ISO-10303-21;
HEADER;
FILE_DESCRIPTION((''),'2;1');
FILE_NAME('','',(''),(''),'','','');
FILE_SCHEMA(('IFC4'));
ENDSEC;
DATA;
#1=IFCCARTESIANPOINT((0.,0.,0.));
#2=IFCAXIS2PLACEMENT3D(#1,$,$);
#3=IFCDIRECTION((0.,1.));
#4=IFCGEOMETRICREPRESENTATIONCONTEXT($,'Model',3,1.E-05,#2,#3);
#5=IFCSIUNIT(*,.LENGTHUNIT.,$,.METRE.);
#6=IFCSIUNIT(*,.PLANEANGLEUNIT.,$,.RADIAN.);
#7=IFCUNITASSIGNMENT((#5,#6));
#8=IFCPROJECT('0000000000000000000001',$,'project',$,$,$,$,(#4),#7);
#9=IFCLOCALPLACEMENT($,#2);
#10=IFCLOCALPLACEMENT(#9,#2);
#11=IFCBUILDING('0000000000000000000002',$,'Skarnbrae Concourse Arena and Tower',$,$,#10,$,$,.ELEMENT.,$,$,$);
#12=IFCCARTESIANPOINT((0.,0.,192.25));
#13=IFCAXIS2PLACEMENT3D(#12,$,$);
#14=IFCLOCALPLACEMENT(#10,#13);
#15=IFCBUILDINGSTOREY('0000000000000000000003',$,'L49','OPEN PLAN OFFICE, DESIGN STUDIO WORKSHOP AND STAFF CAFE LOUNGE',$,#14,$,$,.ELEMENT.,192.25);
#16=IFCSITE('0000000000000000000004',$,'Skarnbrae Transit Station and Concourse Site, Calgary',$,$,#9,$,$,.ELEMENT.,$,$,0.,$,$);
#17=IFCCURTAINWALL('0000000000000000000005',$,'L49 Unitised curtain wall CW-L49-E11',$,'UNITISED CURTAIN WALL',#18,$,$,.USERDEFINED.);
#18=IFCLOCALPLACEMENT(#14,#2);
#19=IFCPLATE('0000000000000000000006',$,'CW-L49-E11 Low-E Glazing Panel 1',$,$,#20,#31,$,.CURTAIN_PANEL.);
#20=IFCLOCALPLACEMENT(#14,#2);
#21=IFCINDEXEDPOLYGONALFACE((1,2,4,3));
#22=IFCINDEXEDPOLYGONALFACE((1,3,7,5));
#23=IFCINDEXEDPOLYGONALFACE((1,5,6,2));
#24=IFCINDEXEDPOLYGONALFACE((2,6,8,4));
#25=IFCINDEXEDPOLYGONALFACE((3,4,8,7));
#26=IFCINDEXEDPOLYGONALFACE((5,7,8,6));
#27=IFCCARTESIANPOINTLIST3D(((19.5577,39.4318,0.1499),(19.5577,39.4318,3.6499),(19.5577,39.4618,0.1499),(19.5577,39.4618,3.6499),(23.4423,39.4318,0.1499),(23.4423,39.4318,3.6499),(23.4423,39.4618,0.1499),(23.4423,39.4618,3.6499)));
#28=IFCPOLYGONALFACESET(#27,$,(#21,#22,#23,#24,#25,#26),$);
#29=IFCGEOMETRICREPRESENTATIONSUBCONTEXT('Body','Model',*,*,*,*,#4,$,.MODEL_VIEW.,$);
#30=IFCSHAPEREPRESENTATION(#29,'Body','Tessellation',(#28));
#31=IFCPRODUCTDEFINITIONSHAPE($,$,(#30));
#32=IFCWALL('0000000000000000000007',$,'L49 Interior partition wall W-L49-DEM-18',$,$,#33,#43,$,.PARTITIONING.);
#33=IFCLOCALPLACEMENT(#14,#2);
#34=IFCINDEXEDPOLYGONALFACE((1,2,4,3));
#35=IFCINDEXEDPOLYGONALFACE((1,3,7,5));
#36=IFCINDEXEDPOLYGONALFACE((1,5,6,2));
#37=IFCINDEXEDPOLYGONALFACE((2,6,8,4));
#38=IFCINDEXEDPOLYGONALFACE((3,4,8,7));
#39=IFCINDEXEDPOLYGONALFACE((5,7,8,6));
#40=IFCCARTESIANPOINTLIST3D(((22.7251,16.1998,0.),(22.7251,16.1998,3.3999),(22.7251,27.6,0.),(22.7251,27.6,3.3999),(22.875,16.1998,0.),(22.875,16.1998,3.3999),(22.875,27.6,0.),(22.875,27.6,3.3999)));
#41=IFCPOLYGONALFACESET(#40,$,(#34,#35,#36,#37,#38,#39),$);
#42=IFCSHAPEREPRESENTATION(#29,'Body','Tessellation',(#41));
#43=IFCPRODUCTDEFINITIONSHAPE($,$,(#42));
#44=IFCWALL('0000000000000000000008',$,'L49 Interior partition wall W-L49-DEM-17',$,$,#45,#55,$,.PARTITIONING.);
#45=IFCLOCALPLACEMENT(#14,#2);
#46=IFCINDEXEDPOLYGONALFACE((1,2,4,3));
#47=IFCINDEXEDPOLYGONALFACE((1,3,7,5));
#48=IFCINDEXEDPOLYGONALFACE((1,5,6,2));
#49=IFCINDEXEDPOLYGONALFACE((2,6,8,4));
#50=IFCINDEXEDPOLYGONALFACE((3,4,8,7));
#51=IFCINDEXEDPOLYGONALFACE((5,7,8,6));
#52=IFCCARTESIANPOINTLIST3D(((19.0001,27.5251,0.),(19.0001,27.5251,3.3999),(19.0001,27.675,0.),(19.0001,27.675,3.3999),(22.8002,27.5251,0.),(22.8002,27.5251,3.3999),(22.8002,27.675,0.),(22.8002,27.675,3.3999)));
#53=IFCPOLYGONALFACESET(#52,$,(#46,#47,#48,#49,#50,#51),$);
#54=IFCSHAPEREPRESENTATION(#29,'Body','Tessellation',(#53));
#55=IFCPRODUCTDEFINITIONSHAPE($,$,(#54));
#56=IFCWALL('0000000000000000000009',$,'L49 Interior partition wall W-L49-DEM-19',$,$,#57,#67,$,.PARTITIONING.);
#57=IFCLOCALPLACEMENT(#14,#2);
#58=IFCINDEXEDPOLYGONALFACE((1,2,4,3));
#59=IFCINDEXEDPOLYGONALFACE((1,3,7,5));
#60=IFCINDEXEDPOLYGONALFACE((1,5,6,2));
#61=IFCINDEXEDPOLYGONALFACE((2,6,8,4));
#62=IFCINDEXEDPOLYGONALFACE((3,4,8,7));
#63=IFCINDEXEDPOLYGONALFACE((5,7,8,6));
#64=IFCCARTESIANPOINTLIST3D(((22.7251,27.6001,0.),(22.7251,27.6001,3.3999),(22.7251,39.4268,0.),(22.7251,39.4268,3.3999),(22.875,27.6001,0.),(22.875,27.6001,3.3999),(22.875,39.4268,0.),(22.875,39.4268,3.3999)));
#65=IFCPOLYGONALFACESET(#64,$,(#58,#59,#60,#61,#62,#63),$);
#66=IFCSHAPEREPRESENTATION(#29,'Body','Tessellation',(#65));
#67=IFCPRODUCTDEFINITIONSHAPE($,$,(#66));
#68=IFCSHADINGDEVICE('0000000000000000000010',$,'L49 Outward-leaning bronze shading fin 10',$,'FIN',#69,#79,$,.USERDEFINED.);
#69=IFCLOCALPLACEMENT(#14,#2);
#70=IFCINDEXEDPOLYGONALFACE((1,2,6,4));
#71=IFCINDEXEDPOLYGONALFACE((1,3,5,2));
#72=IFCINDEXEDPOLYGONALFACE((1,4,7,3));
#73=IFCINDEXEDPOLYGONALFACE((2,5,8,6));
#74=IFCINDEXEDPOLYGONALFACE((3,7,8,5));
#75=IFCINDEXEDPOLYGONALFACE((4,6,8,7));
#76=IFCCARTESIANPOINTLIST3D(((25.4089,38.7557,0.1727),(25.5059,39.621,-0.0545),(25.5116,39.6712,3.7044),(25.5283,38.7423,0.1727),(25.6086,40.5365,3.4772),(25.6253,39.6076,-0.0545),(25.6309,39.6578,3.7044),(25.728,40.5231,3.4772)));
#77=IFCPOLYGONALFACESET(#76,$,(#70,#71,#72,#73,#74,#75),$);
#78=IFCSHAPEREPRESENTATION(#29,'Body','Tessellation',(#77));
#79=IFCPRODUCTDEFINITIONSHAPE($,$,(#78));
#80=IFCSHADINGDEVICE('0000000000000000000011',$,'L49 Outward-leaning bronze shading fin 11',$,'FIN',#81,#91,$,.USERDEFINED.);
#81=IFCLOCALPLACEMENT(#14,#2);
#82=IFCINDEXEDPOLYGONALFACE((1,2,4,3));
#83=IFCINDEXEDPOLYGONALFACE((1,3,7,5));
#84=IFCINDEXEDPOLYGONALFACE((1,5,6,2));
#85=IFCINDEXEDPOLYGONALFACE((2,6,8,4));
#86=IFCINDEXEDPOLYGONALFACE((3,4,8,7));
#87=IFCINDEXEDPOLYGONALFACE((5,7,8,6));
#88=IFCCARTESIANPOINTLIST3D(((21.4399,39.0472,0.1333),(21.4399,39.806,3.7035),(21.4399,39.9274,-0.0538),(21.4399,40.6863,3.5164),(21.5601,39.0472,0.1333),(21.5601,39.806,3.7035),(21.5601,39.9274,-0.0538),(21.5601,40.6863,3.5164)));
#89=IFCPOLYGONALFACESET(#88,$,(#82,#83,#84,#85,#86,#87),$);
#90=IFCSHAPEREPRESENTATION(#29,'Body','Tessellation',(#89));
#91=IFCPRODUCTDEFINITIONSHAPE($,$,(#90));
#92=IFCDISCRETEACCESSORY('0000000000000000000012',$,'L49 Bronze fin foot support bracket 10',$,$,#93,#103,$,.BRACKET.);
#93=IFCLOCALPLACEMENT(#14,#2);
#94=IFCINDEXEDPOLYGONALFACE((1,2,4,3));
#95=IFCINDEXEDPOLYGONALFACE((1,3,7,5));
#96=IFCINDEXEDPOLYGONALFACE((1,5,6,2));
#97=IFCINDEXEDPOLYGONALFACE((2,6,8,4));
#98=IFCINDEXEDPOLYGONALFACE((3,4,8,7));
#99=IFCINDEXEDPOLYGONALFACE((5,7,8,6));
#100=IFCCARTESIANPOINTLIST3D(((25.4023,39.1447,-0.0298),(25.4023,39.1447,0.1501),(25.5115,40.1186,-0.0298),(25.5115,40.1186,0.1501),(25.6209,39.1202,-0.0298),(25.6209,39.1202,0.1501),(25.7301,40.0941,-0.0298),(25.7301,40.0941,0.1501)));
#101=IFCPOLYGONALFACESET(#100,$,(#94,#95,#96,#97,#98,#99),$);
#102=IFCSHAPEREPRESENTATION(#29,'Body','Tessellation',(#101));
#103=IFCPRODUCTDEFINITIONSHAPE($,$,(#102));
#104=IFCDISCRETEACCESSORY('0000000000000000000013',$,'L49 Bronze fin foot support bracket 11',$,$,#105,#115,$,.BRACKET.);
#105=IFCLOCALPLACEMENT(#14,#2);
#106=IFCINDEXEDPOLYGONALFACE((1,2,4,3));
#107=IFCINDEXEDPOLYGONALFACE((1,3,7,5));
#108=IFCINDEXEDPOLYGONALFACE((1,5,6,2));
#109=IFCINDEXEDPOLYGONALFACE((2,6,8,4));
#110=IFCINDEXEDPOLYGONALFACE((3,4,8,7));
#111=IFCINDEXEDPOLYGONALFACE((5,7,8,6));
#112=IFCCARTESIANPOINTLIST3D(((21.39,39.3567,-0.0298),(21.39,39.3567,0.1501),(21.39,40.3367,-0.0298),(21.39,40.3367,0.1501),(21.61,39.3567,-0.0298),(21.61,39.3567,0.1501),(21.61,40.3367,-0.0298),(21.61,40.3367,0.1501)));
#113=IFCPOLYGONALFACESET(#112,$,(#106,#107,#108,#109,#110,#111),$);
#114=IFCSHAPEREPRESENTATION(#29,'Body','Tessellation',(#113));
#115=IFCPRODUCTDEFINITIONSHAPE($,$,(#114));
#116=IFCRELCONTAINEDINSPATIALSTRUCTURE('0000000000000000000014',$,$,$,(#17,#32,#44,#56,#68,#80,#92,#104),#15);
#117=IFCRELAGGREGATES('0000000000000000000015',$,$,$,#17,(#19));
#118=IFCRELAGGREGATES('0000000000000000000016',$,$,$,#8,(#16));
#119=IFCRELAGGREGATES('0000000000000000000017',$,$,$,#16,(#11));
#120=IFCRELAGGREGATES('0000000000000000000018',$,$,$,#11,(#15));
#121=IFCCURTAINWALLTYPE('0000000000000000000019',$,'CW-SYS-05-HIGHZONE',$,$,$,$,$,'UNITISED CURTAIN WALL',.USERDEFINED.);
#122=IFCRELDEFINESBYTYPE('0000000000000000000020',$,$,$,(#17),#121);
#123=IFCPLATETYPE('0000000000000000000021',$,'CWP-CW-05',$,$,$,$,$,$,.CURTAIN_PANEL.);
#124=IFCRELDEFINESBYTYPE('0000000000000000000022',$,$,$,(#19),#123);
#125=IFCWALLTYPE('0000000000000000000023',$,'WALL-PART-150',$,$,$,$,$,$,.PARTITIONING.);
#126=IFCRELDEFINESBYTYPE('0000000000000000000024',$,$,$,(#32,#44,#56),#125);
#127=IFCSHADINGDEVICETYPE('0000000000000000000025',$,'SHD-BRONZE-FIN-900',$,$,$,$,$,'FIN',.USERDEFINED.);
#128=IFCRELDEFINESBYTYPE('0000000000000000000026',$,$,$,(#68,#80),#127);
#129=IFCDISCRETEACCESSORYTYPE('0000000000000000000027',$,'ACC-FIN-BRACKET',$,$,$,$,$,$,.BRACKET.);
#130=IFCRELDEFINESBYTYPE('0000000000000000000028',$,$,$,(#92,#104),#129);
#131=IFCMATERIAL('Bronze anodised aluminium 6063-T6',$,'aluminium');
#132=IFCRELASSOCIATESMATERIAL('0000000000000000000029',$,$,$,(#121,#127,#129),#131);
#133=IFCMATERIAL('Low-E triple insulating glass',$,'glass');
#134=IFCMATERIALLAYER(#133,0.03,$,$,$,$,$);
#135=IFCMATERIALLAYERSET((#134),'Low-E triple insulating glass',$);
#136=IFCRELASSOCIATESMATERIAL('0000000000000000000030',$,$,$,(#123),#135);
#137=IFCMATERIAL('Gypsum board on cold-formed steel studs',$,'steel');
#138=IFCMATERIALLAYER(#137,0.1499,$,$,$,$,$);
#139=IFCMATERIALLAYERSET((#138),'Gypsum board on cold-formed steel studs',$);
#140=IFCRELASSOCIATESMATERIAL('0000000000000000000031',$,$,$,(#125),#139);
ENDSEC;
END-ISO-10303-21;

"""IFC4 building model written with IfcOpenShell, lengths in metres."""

from ifc_helpers import new_model, si_unit, direction, frame, frame_2d, origin, origin_2d, place, context, subcontext, project, spatial, rectangle, extrude, source, transform, mapped, material, layer, layer_set, type_object, element, aggregate, save


model = new_model("IFC4")

# Units and contexts
model_context = context("Model", 3, precision=1e-05, world=origin(), true_north=direction((0.0, 1.0)))
body_context = subcontext(model_context, "Body", "Model", "MODEL_VIEW")
ifc_project = project(units=[si_unit("LENGTHUNIT", "METRE"), si_unit("PLANEANGLEUNIT", "RADIAN")], contexts=[model_context])

# Site, building, storey
site_placement = place(None, origin())
site = spatial("IfcSite", under=ifc_project, at=site_placement, Name="Skarnbrae Transit Station and Concourse Site, Calgary", CompositionType="ELEMENT", RefElevation=0.0)
building_placement = place(site_placement, origin())
building = spatial("IfcBuilding", under=site, at=building_placement, Name="Skarnbrae Concourse Arena and Tower", CompositionType="ELEMENT")
storey_placement = place(building_placement, frame((0.0, 0.0, 192.25)))
storey = spatial("IfcBuildingStorey", under=building, at=storey_placement, Name="L49", Description="OPEN PLAN OFFICE, DESIGN STUDIO WORKSHOP AND STAFF CAFE LOUNGE", CompositionType="ELEMENT", Elevation=192.25)

# Shared definitions
ifc_material_1 = material(Name="Bronze anodised aluminium 6063-T6", Category="aluminium")
curtain_wall_type = type_object("IfcCurtainWallType", Name="CW-SYS-05-HIGHZONE", ElementType="UNITISED CURTAIN WALL", PredefinedType="USERDEFINED", material=ifc_material_1)

# Curtain wall
curtain_wall_1_placement = place(storey_placement, origin())
curtain_wall_1 = element("IfcCurtainWall", 1, at=curtain_wall_1_placement, inside=storey, type_object=curtain_wall_type, Name="L49 Unitised curtain wall CW-L49-E11", ObjectType="UNITISED CURTAIN WALL", PredefinedType="USERDEFINED")

# Plate
ifc_material_2 = material(Name="Low-E triple insulating glass", Category="glass")
ifc_layer_1 = layer(ifc_material_2, 0.03)
ifc_layer_set_1 = layer_set([ifc_layer_1], Name="Low-E triple insulating glass")
plate_type = type_object("IfcPlateType", Name="CWP-CW-05", PredefinedType="CURTAIN_PANEL", material=ifc_layer_set_1)
shared_shape_1 = source(origin(), body_context, "Body", "SweptSolid", [
    extrude(rectangle(XDim=3.8845, YDim=0.03, at=origin_2d()), origin(), (0.0, 0.0, 1.0), 3.5),
])
plate_1_placement = place(storey_placement, frame((21.5, 39.4468, 0.1499), z_axis=(0.0, 0.0, 1.0), x_axis=(-1.0, 0.0, 0.0)))
plate_1 = element("IfcPlate", 2, at=plate_1_placement, type_object=plate_type, Name="CW-L49-E11 Low-E Glazing Panel 1", PredefinedType="CURTAIN_PANEL", context=body_context, shape_type="MappedRepresentation", body=[
    mapped(shared_shape_1, transform((0.0, 0.0, 0.0))),
])
aggregate(curtain_wall_1, [plate_1])

# Walls
ifc_material_3 = material(Name="Gypsum board on cold-formed steel studs", Category="steel")
ifc_layer_2 = layer(ifc_material_3, 0.1499)
ifc_layer_set_2 = layer_set([ifc_layer_2], Name="Gypsum board on cold-formed steel studs")
wall_type = type_object("IfcWallType", Name="WALL-PART-150", PredefinedType="PARTITIONING", material=ifc_layer_set_2)
shared_shape_2 = source(origin(), body_context, "Body", "SweptSolid", [
    extrude(rectangle(XDim=11.4001, YDim=0.1499, at=frame_2d((5.7002, 0.0))), origin(), (0.0, 0.0, 1.0), 3.3999),
])
wall_1_placement = place(storey_placement, frame((22.8, 27.6001, 0.0), z_axis=(0.0, 0.0, 1.0), x_axis=(0.0, -1.0, 0.0)))
element("IfcWall", 3, at=wall_1_placement, inside=storey, type_object=wall_type, Name="L49 Interior partition wall W-L49-DEM-18", PredefinedType="PARTITIONING", context=body_context, shape_type="MappedRepresentation", body=[
    mapped(shared_shape_2, transform((0.0, 0.0, 0.0))),
])
shared_shape_3 = source(origin(), body_context, "Body", "SweptSolid", [
    extrude(rectangle(XDim=3.8, YDim=0.1499, at=frame_2d((1.8999, 0.0))), origin(), (0.0, 0.0, 1.0), 3.3999),
])
wall_2_placement = place(storey_placement, frame((22.8, 27.6001, 0.0), z_axis=(0.0, 0.0, 1.0), x_axis=(-1.0, 0.0, 0.0)))
element("IfcWall", 4, at=wall_2_placement, inside=storey, type_object=wall_type, Name="L49 Interior partition wall W-L49-DEM-17", PredefinedType="PARTITIONING", context=body_context, shape_type="MappedRepresentation", body=[
    mapped(shared_shape_3, transform((0.0, 0.0, 0.0))),
])
shared_shape_4 = source(origin(), body_context, "Body", "SweptSolid", [
    extrude(rectangle(XDim=11.8267, YDim=0.1499, at=frame_2d((5.9133, 0.0))), origin(), (0.0, 0.0, 1.0), 3.3999),
])
wall_3_placement = place(storey_placement, frame((22.8, 39.4268, 0.0), z_axis=(0.0, 0.0, 1.0), x_axis=(0.0, -1.0, 0.0)))
element("IfcWall", 5, at=wall_3_placement, inside=storey, type_object=wall_type, Name="L49 Interior partition wall W-L49-DEM-19", PredefinedType="PARTITIONING", context=body_context, shape_type="MappedRepresentation", body=[
    mapped(shared_shape_4, transform((0.0, 0.0, 0.0))),
])

# Shading devices
shading_device_type = type_object("IfcShadingDeviceType", Name="SHD-BRONZE-FIN-900", ElementType="FIN", PredefinedType="USERDEFINED", material=ifc_material_1)
shared_shape_5 = source(origin(), body_context, "Body", "SweptSolid", [
    extrude(rectangle(XDim=0.1201, YDim=0.8999, at=origin_2d()), origin(), (0.0, 0.0, 1.0), 3.6499),
])
for number, where, z_axis, x_axis, name in (
    (6, (25.5171, 39.1816, 0.0591), (0.028131, 0.250835, 0.967621), (0.99377, -0.111452, 0.0), "L49 Outward-leaning bronze shading fin 10"),
    (7, (21.5, 39.4873, 0.0398), (0.0, 0.207912, 0.978148), (1.0, 0.0, 0.0), "L49 Outward-leaning bronze shading fin 11"),
):
    element("IfcShadingDevice", number, at=place(storey_placement, frame(where, z_axis=z_axis, x_axis=x_axis)), inside=storey, type_object=shading_device_type, Name=name, ObjectType="FIN", PredefinedType="USERDEFINED", context=body_context, shape_type="MappedRepresentation", body=[
        mapped(shared_shape_5, transform((0.0, 0.0, 0.0))),
    ])

# Discrete accessories
discrete_accessory_type = type_object("IfcDiscreteAccessoryType", Name="ACC-FIN-BRACKET", PredefinedType="BRACKET", material=ifc_material_1)
shared_shape_6 = source(origin(), body_context, "Body", "SweptSolid", [
    extrude(rectangle(XDim=0.22, YDim=0.98, at=origin_2d()), origin(), (0.0, 0.0, 1.0), 0.1799),
])
for number, where, z_axis, x_axis, name in (
    (8, (25.5662, 39.6194, -0.0298), (0.0, 0.0, 1.0), (0.99377, -0.111452, 0.0), "L49 Bronze fin foot support bracket 10"),
    (9, (21.5, 39.8467, -0.0298), (0.0, 0.0, 1.0), (1.0, 0.0, 0.0), "L49 Bronze fin foot support bracket 11"),
):
    element("IfcDiscreteAccessory", number, at=place(storey_placement, frame(where, z_axis=z_axis, x_axis=x_axis)), inside=storey, type_object=discrete_accessory_type, Name=name, PredefinedType="BRACKET", context=body_context, shape_type="MappedRepresentation", body=[
        mapped(shared_shape_6, transform((0.0, 0.0, 0.0))),
    ])

save(model, "model.ifc")
